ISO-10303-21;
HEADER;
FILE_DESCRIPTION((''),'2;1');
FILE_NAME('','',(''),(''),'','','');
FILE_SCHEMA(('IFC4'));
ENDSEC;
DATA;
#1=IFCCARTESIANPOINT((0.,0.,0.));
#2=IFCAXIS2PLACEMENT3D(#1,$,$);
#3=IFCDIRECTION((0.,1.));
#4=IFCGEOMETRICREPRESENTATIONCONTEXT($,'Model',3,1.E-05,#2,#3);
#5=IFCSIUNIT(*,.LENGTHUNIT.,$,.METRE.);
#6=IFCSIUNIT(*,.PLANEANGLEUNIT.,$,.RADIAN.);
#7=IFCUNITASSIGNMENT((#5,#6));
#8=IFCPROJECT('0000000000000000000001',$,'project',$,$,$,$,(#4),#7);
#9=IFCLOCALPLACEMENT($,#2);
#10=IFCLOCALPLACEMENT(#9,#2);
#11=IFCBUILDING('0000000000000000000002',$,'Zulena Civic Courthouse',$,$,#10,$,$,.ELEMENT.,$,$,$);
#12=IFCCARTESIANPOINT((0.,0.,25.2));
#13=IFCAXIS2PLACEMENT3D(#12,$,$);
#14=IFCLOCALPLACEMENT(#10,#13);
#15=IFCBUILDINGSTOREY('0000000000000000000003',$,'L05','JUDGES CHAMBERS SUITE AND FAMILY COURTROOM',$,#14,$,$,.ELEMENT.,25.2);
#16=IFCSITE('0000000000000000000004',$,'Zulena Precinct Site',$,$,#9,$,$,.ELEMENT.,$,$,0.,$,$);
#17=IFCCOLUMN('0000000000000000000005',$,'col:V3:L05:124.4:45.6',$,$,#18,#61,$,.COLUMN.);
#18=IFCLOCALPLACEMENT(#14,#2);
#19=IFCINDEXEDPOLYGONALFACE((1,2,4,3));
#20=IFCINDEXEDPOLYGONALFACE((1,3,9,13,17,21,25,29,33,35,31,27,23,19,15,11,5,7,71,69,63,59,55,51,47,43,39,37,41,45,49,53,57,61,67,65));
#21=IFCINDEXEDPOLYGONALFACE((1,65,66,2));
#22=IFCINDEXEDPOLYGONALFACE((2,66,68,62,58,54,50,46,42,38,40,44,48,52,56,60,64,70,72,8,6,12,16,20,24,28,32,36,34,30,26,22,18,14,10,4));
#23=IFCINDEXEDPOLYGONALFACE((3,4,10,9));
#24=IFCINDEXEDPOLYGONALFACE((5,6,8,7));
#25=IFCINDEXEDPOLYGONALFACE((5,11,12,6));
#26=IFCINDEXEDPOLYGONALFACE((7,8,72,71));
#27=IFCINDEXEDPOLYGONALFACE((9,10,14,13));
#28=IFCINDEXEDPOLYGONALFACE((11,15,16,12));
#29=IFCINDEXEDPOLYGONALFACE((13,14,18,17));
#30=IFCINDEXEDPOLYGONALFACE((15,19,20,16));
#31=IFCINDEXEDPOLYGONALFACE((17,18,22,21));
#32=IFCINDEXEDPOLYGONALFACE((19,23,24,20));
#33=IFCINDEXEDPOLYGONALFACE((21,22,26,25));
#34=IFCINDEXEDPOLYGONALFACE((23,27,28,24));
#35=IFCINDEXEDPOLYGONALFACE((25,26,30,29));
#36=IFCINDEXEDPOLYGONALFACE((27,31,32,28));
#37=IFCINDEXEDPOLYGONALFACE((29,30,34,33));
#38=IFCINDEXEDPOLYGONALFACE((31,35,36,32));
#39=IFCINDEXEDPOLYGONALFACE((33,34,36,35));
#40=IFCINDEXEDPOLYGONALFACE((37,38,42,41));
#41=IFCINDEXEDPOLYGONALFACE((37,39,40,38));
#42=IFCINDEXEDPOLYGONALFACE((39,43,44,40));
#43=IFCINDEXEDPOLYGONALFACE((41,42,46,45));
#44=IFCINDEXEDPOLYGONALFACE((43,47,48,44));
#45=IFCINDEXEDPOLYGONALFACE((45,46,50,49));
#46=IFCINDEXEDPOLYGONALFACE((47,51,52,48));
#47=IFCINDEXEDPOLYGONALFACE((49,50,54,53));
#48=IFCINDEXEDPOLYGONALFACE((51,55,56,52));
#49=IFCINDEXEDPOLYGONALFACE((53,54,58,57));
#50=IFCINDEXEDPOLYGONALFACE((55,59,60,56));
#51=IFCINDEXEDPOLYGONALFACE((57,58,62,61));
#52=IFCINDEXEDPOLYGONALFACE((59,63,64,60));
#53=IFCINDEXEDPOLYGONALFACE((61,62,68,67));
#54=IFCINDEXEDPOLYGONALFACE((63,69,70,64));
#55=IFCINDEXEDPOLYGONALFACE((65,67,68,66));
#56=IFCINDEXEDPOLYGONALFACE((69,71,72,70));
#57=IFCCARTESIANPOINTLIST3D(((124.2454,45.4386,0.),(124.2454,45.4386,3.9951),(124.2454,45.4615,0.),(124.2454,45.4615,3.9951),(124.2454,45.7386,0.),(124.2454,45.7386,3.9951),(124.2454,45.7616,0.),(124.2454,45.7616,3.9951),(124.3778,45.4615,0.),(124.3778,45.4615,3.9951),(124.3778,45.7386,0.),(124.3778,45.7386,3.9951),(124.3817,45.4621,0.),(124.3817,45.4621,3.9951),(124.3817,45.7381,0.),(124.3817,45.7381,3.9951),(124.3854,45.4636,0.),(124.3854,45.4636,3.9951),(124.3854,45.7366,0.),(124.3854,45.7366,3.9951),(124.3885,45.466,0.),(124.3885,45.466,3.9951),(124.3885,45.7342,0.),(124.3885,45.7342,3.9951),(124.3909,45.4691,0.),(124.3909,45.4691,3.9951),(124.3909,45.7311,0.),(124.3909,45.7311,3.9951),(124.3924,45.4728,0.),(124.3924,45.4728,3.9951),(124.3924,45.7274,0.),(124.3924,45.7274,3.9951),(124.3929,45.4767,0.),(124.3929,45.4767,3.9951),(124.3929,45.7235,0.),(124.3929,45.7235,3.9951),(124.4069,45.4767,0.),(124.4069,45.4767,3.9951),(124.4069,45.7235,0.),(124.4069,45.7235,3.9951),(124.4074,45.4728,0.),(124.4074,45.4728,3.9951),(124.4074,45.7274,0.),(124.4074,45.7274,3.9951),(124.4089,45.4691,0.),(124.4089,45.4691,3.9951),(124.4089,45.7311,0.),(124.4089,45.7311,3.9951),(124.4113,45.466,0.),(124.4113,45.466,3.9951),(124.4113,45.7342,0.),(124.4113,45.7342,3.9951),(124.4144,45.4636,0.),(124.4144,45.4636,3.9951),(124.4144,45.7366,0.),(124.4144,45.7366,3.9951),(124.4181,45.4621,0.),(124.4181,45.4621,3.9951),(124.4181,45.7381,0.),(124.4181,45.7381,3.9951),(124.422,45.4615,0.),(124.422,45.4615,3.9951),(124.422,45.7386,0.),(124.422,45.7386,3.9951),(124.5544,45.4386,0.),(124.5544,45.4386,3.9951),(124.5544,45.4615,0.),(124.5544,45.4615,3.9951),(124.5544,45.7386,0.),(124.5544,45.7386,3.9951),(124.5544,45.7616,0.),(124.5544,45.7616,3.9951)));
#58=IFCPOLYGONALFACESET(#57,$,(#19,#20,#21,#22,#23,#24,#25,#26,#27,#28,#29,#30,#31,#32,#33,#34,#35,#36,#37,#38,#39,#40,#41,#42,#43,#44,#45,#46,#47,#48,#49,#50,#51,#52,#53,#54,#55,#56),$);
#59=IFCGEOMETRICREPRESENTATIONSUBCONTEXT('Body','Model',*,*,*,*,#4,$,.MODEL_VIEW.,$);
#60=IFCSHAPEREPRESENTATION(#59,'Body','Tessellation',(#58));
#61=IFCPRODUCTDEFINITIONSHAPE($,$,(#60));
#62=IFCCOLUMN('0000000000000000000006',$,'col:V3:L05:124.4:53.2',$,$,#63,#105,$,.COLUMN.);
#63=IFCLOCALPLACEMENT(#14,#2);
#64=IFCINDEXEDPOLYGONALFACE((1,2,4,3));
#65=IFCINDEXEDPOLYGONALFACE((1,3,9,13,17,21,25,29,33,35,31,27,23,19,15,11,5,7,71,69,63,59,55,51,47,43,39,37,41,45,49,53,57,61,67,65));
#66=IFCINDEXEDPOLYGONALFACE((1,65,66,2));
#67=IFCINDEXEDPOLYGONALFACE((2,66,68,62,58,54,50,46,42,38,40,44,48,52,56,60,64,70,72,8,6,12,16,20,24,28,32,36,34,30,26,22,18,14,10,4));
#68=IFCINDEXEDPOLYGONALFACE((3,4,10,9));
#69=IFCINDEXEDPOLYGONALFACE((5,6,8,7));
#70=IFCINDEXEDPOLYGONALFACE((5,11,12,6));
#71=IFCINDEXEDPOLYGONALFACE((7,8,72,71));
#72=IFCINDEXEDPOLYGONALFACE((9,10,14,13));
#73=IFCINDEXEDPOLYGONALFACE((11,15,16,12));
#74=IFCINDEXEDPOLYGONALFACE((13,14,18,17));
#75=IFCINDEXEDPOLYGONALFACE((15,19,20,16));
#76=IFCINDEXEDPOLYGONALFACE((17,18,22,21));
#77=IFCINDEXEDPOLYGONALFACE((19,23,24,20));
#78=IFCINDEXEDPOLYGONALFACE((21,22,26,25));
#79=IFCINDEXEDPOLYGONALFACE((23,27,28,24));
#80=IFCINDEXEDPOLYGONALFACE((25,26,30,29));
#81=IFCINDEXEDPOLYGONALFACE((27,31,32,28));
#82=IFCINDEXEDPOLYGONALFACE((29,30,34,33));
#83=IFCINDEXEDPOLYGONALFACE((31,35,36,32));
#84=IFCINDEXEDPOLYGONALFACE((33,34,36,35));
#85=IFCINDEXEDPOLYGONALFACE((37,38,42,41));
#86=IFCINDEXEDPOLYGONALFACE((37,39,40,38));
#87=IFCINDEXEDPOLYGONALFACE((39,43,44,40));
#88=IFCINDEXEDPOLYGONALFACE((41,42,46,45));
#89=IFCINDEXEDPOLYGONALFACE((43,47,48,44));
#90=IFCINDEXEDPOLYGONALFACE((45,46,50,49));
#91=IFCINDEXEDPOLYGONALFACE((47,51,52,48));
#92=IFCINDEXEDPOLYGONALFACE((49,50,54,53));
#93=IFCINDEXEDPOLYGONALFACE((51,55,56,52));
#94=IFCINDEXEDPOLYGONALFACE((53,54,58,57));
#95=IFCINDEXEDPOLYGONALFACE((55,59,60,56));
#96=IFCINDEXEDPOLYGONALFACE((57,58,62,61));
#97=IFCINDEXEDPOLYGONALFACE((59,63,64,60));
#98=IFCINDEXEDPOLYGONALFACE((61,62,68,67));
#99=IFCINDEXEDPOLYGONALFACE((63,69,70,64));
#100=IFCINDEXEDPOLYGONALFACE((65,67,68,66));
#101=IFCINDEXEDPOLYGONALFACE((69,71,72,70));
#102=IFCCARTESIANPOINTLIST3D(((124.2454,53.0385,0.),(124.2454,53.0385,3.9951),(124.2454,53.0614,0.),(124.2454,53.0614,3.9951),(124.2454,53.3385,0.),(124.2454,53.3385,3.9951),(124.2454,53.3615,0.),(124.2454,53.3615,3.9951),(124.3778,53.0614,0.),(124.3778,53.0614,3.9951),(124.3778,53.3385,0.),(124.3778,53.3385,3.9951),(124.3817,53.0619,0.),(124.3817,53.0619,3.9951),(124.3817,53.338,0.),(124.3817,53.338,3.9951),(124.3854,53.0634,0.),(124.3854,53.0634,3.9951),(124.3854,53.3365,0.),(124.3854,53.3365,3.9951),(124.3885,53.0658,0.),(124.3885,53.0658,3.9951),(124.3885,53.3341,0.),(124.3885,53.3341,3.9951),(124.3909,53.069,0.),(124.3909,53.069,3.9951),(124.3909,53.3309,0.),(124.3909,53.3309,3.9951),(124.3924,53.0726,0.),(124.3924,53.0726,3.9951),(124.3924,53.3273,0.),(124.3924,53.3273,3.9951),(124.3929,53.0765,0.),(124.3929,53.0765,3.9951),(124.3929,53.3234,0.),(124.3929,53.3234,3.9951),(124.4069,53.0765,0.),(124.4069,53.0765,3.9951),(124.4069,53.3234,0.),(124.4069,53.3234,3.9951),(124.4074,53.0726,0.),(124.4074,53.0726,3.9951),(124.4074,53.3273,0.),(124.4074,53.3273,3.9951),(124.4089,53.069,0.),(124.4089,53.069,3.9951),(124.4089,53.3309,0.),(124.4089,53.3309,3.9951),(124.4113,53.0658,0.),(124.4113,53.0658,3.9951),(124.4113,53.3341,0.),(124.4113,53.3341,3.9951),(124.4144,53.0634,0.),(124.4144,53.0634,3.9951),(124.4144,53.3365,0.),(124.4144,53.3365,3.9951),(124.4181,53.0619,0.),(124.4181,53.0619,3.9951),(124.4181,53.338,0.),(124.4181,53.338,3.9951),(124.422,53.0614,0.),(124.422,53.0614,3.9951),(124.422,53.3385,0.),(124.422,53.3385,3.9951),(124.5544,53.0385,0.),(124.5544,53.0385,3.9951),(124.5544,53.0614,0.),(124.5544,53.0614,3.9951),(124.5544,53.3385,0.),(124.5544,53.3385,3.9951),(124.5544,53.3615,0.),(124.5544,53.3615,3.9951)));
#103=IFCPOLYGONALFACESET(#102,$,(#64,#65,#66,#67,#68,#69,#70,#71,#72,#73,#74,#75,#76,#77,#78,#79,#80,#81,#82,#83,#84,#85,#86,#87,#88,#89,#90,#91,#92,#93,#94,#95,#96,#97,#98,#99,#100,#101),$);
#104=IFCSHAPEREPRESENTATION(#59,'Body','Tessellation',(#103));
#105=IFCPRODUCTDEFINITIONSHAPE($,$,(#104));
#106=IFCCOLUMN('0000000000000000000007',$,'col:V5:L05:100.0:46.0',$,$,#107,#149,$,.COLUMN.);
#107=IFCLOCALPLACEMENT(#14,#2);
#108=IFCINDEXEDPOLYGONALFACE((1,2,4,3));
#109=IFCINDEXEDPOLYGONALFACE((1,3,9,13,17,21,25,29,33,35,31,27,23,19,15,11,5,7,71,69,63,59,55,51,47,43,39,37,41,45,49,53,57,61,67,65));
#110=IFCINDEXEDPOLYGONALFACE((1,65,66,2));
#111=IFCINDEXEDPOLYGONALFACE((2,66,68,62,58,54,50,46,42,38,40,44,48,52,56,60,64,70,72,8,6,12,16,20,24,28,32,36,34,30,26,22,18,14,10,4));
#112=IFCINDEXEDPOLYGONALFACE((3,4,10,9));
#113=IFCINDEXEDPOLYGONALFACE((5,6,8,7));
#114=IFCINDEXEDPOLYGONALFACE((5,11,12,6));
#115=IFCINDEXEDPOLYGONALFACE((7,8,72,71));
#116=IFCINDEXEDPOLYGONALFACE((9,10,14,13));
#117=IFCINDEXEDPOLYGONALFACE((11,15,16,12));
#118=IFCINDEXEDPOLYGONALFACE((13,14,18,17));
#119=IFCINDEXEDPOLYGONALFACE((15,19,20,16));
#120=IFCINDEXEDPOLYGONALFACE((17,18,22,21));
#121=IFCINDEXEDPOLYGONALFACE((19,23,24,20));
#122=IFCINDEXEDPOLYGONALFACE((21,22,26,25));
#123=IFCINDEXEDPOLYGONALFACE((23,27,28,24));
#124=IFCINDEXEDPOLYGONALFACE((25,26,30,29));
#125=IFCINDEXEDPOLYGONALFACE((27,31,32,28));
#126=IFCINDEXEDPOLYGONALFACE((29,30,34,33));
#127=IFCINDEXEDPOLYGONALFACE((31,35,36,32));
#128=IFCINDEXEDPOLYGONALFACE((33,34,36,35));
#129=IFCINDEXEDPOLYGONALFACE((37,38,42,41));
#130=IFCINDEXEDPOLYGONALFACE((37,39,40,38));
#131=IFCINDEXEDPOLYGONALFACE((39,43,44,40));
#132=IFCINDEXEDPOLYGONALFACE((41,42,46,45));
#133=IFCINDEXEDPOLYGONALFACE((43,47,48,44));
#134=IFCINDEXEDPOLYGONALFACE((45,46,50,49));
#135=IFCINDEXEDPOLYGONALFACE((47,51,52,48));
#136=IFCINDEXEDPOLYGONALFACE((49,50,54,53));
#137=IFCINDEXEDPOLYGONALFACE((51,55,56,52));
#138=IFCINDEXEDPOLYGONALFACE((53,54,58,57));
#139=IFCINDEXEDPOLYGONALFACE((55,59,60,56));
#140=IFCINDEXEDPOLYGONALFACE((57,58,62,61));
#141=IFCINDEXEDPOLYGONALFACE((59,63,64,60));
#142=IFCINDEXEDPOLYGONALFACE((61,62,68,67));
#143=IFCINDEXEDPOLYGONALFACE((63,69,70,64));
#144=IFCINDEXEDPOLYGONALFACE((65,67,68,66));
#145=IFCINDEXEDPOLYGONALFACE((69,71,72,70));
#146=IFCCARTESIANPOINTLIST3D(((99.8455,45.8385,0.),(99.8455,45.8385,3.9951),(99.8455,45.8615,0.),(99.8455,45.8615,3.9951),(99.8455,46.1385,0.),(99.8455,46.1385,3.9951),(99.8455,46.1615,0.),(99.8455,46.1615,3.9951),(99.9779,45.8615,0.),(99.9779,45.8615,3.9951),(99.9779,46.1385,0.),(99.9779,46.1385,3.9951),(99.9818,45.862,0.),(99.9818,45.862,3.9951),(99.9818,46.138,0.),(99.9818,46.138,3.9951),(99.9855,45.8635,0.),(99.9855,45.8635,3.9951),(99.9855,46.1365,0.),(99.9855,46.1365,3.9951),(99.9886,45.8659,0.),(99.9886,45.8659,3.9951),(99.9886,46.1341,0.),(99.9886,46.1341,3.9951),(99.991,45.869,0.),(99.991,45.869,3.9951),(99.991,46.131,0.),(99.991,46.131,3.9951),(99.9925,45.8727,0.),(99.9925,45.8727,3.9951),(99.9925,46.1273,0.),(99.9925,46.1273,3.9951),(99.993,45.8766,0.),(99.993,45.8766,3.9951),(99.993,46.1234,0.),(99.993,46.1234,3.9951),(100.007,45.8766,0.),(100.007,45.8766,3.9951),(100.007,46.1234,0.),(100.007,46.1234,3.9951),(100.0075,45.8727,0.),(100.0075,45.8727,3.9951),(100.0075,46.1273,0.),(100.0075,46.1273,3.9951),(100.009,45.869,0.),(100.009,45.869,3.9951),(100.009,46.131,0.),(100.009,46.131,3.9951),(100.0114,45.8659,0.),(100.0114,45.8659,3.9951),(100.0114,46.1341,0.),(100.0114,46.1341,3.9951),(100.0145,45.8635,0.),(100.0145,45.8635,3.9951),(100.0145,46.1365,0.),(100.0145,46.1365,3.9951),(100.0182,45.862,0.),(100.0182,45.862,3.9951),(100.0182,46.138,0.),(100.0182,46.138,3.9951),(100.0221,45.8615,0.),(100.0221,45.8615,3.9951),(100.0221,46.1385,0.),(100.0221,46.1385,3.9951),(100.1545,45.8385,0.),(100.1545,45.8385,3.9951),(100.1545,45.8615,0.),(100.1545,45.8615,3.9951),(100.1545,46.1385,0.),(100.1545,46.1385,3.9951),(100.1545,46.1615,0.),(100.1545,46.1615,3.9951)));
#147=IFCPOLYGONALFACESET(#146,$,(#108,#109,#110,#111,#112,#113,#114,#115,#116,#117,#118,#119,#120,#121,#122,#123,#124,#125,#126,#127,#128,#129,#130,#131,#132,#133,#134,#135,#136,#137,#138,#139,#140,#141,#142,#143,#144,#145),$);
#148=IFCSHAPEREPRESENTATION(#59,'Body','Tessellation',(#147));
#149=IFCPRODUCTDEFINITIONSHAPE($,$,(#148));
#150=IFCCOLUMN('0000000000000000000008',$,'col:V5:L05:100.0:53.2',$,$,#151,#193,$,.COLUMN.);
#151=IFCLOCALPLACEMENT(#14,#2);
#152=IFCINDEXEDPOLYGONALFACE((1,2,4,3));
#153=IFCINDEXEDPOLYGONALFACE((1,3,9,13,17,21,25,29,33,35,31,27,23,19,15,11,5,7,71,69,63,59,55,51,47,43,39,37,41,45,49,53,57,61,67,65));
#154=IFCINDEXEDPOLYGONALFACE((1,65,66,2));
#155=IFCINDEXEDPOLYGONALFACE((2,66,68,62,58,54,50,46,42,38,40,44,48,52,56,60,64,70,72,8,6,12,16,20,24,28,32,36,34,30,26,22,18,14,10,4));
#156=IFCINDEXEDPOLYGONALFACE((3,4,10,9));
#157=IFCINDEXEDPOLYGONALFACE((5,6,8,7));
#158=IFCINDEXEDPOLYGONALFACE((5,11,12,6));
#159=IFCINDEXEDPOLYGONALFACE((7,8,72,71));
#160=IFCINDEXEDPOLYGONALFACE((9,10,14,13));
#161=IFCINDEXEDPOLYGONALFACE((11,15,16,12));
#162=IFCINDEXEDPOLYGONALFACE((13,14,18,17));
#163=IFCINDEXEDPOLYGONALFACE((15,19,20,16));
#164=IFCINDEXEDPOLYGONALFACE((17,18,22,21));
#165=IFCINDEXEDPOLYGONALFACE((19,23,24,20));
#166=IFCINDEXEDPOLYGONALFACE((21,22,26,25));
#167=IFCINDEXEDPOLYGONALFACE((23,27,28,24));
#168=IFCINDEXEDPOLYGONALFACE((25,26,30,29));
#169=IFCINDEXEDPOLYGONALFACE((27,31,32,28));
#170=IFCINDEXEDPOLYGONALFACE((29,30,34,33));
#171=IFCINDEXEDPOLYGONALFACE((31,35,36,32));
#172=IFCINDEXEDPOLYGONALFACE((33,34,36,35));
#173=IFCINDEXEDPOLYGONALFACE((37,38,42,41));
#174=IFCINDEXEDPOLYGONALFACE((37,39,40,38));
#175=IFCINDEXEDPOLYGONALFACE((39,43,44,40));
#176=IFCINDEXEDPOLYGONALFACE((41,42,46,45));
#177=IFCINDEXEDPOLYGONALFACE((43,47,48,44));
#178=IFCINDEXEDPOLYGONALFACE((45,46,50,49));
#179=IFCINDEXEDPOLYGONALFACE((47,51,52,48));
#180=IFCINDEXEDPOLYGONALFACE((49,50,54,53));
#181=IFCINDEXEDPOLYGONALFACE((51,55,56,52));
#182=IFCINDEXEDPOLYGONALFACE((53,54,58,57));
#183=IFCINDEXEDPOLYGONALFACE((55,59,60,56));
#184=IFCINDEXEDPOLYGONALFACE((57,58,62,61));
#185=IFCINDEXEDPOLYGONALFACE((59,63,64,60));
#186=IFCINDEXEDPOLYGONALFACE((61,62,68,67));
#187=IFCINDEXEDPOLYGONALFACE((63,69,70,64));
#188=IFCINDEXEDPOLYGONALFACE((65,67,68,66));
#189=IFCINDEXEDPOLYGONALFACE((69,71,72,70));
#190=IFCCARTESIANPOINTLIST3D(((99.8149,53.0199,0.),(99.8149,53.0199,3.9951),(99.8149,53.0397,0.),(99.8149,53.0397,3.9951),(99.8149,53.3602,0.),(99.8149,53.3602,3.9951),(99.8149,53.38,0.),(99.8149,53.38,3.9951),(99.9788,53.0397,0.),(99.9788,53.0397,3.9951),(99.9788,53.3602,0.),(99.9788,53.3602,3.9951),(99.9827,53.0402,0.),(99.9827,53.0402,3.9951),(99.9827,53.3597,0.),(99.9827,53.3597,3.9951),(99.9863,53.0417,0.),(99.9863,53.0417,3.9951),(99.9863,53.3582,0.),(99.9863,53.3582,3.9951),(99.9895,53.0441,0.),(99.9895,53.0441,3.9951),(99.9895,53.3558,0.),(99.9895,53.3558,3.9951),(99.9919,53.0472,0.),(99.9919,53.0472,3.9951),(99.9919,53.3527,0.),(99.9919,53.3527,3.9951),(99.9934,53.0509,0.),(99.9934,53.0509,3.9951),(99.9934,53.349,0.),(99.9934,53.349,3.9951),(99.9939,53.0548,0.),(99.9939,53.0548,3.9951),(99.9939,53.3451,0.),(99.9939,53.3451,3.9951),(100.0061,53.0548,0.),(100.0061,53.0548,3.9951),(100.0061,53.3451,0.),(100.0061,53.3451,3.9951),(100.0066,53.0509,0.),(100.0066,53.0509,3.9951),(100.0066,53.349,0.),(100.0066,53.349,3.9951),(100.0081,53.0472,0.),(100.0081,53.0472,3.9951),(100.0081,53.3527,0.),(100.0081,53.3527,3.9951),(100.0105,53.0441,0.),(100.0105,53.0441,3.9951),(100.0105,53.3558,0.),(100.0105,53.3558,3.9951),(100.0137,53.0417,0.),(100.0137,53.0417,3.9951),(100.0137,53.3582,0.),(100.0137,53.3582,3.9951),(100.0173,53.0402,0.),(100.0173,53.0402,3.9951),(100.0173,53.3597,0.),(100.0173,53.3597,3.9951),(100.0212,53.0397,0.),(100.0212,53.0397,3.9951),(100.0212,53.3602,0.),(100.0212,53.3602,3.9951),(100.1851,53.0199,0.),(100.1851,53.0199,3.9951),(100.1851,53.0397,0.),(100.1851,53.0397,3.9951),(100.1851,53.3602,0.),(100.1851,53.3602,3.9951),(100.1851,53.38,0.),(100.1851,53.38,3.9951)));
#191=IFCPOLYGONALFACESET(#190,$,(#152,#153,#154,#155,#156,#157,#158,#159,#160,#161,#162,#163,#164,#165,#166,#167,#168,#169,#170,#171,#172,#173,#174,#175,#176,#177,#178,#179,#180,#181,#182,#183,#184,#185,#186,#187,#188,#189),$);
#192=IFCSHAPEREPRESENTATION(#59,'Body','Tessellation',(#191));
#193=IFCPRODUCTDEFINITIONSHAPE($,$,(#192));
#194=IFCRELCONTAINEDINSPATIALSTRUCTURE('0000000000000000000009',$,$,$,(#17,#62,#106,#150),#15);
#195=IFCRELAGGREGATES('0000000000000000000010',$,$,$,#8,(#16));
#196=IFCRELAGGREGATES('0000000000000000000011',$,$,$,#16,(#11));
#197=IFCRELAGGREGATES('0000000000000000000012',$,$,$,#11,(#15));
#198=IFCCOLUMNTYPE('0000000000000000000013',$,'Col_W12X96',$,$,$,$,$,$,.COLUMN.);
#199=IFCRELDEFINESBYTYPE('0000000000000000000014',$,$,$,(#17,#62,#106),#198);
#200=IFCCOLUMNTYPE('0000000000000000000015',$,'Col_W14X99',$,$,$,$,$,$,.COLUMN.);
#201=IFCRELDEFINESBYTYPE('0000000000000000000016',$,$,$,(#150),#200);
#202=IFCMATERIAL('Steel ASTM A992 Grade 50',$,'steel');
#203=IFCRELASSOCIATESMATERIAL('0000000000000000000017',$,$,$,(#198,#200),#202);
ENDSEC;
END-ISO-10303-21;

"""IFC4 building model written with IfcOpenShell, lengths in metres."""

from ifc_helpers import new_model, si_unit, direction, frame, origin, origin_2d, place, context, subcontext, project, spatial, i_section, extrude, material, material_profile, profile_set, type_object, element, save


model = new_model("IFC4")

# Units and contexts
model_context = context("Model", 3, precision=1e-05, world=origin(), true_north=direction((0.0, 1.0)))
body_context = subcontext(model_context, "Body", "Model", "MODEL_VIEW")
ifc_project = project(units=[si_unit("LENGTHUNIT", "METRE"), si_unit("PLANEANGLEUNIT", "RADIAN")], contexts=[model_context])

# Site, building, storey
site_placement = place(None, origin())
site = spatial("IfcSite", under=ifc_project, at=site_placement, Name="Zulena Precinct Site", CompositionType="ELEMENT", RefElevation=0.0)
building_placement = place(site_placement, origin())
building = spatial("IfcBuilding", under=site, at=building_placement, Name="Zulena Civic Courthouse", CompositionType="ELEMENT")
storey_placement = place(building_placement, frame((0.0, 0.0, 25.2)))
storey = spatial("IfcBuildingStorey", under=building, at=storey_placement, Name="L05", Description="JUDGES CHAMBERS SUITE AND FAMILY COURTROOM", CompositionType="ELEMENT", Elevation=25.2)

# Columns
ifc_material_1 = material(Name="Steel ASTM A992 Grade 50", Category="steel")
ifc_material_profile_1 = material_profile(ifc_material_1, i_section(OverallWidth=0.3091, OverallDepth=0.323, WebThickness=0.0139, FlangeThickness=0.0229, FilletRadius=0.0151, at=origin_2d()), Name="W12X96")
ifc_profile_set_1 = profile_set([ifc_material_profile_1], Name="Steel ASTM A992 Grade 50")
column_type_1 = type_object("IfcColumnType", Name="Col_W12X96", PredefinedType="COLUMN", material=ifc_profile_set_1)
for number, where, z_axis, x_axis, name in (
    (1, (124.3999, 45.6001, 0.0), (0.0, 0.0, 1.0), (1.0, 0.0, 0.0), "col:V3:L05:124.4:45.6"),
    (2, (124.3999, 53.2, 0.0), (0.0, 0.0, 1.0), (1.0, 0.0, 0.0), "col:V3:L05:124.4:53.2"),
    (3, (100.0, 46.0, 0.0), (0.0, 0.0, 1.0), (1.0, 0.0, 0.0), "col:V5:L05:100.0:46.0"),
):
    element("IfcColumn", number, at=place(storey_placement, frame(where, z_axis=z_axis, x_axis=x_axis)), inside=storey, type_object=column_type_1, Name=name, PredefinedType="COLUMN", context=body_context, shape_type="SweptSolid", body=[
        extrude(i_section(OverallWidth=0.3091, OverallDepth=0.323, WebThickness=0.0139, FlangeThickness=0.0229, FilletRadius=0.0151, at=origin_2d()), origin(), (0.0, 0.0, 1.0), 3.9951),
    ])
ifc_material_profile_2 = material_profile(ifc_material_1, i_section(OverallWidth=0.3701, OverallDepth=0.3601, WebThickness=0.0122, FlangeThickness=0.0198, FilletRadius=0.0151, at=origin_2d()), Name="W14X99")
ifc_profile_set_2 = profile_set([ifc_material_profile_2], Name="Steel ASTM A992 Grade 50")
column_type_2 = type_object("IfcColumnType", Name="Col_W14X99", PredefinedType="COLUMN", material=ifc_profile_set_2)
column_placement = place(storey_placement, frame((100.0, 53.2, 0.0), z_axis=(0.0, 0.0, 1.0), x_axis=(1.0, 0.0, 0.0)))
element("IfcColumn", 4, at=column_placement, inside=storey, type_object=column_type_2, Name="col:V5:L05:100.0:53.2", PredefinedType="COLUMN", context=body_context, shape_type="SweptSolid", body=[
    extrude(i_section(OverallWidth=0.3701, OverallDepth=0.3601, WebThickness=0.0122, FlangeThickness=0.0198, FilletRadius=0.0151, at=origin_2d()), origin(), (0.0, 0.0, 1.0), 3.9951),
])

save(model, "model.ifc")
